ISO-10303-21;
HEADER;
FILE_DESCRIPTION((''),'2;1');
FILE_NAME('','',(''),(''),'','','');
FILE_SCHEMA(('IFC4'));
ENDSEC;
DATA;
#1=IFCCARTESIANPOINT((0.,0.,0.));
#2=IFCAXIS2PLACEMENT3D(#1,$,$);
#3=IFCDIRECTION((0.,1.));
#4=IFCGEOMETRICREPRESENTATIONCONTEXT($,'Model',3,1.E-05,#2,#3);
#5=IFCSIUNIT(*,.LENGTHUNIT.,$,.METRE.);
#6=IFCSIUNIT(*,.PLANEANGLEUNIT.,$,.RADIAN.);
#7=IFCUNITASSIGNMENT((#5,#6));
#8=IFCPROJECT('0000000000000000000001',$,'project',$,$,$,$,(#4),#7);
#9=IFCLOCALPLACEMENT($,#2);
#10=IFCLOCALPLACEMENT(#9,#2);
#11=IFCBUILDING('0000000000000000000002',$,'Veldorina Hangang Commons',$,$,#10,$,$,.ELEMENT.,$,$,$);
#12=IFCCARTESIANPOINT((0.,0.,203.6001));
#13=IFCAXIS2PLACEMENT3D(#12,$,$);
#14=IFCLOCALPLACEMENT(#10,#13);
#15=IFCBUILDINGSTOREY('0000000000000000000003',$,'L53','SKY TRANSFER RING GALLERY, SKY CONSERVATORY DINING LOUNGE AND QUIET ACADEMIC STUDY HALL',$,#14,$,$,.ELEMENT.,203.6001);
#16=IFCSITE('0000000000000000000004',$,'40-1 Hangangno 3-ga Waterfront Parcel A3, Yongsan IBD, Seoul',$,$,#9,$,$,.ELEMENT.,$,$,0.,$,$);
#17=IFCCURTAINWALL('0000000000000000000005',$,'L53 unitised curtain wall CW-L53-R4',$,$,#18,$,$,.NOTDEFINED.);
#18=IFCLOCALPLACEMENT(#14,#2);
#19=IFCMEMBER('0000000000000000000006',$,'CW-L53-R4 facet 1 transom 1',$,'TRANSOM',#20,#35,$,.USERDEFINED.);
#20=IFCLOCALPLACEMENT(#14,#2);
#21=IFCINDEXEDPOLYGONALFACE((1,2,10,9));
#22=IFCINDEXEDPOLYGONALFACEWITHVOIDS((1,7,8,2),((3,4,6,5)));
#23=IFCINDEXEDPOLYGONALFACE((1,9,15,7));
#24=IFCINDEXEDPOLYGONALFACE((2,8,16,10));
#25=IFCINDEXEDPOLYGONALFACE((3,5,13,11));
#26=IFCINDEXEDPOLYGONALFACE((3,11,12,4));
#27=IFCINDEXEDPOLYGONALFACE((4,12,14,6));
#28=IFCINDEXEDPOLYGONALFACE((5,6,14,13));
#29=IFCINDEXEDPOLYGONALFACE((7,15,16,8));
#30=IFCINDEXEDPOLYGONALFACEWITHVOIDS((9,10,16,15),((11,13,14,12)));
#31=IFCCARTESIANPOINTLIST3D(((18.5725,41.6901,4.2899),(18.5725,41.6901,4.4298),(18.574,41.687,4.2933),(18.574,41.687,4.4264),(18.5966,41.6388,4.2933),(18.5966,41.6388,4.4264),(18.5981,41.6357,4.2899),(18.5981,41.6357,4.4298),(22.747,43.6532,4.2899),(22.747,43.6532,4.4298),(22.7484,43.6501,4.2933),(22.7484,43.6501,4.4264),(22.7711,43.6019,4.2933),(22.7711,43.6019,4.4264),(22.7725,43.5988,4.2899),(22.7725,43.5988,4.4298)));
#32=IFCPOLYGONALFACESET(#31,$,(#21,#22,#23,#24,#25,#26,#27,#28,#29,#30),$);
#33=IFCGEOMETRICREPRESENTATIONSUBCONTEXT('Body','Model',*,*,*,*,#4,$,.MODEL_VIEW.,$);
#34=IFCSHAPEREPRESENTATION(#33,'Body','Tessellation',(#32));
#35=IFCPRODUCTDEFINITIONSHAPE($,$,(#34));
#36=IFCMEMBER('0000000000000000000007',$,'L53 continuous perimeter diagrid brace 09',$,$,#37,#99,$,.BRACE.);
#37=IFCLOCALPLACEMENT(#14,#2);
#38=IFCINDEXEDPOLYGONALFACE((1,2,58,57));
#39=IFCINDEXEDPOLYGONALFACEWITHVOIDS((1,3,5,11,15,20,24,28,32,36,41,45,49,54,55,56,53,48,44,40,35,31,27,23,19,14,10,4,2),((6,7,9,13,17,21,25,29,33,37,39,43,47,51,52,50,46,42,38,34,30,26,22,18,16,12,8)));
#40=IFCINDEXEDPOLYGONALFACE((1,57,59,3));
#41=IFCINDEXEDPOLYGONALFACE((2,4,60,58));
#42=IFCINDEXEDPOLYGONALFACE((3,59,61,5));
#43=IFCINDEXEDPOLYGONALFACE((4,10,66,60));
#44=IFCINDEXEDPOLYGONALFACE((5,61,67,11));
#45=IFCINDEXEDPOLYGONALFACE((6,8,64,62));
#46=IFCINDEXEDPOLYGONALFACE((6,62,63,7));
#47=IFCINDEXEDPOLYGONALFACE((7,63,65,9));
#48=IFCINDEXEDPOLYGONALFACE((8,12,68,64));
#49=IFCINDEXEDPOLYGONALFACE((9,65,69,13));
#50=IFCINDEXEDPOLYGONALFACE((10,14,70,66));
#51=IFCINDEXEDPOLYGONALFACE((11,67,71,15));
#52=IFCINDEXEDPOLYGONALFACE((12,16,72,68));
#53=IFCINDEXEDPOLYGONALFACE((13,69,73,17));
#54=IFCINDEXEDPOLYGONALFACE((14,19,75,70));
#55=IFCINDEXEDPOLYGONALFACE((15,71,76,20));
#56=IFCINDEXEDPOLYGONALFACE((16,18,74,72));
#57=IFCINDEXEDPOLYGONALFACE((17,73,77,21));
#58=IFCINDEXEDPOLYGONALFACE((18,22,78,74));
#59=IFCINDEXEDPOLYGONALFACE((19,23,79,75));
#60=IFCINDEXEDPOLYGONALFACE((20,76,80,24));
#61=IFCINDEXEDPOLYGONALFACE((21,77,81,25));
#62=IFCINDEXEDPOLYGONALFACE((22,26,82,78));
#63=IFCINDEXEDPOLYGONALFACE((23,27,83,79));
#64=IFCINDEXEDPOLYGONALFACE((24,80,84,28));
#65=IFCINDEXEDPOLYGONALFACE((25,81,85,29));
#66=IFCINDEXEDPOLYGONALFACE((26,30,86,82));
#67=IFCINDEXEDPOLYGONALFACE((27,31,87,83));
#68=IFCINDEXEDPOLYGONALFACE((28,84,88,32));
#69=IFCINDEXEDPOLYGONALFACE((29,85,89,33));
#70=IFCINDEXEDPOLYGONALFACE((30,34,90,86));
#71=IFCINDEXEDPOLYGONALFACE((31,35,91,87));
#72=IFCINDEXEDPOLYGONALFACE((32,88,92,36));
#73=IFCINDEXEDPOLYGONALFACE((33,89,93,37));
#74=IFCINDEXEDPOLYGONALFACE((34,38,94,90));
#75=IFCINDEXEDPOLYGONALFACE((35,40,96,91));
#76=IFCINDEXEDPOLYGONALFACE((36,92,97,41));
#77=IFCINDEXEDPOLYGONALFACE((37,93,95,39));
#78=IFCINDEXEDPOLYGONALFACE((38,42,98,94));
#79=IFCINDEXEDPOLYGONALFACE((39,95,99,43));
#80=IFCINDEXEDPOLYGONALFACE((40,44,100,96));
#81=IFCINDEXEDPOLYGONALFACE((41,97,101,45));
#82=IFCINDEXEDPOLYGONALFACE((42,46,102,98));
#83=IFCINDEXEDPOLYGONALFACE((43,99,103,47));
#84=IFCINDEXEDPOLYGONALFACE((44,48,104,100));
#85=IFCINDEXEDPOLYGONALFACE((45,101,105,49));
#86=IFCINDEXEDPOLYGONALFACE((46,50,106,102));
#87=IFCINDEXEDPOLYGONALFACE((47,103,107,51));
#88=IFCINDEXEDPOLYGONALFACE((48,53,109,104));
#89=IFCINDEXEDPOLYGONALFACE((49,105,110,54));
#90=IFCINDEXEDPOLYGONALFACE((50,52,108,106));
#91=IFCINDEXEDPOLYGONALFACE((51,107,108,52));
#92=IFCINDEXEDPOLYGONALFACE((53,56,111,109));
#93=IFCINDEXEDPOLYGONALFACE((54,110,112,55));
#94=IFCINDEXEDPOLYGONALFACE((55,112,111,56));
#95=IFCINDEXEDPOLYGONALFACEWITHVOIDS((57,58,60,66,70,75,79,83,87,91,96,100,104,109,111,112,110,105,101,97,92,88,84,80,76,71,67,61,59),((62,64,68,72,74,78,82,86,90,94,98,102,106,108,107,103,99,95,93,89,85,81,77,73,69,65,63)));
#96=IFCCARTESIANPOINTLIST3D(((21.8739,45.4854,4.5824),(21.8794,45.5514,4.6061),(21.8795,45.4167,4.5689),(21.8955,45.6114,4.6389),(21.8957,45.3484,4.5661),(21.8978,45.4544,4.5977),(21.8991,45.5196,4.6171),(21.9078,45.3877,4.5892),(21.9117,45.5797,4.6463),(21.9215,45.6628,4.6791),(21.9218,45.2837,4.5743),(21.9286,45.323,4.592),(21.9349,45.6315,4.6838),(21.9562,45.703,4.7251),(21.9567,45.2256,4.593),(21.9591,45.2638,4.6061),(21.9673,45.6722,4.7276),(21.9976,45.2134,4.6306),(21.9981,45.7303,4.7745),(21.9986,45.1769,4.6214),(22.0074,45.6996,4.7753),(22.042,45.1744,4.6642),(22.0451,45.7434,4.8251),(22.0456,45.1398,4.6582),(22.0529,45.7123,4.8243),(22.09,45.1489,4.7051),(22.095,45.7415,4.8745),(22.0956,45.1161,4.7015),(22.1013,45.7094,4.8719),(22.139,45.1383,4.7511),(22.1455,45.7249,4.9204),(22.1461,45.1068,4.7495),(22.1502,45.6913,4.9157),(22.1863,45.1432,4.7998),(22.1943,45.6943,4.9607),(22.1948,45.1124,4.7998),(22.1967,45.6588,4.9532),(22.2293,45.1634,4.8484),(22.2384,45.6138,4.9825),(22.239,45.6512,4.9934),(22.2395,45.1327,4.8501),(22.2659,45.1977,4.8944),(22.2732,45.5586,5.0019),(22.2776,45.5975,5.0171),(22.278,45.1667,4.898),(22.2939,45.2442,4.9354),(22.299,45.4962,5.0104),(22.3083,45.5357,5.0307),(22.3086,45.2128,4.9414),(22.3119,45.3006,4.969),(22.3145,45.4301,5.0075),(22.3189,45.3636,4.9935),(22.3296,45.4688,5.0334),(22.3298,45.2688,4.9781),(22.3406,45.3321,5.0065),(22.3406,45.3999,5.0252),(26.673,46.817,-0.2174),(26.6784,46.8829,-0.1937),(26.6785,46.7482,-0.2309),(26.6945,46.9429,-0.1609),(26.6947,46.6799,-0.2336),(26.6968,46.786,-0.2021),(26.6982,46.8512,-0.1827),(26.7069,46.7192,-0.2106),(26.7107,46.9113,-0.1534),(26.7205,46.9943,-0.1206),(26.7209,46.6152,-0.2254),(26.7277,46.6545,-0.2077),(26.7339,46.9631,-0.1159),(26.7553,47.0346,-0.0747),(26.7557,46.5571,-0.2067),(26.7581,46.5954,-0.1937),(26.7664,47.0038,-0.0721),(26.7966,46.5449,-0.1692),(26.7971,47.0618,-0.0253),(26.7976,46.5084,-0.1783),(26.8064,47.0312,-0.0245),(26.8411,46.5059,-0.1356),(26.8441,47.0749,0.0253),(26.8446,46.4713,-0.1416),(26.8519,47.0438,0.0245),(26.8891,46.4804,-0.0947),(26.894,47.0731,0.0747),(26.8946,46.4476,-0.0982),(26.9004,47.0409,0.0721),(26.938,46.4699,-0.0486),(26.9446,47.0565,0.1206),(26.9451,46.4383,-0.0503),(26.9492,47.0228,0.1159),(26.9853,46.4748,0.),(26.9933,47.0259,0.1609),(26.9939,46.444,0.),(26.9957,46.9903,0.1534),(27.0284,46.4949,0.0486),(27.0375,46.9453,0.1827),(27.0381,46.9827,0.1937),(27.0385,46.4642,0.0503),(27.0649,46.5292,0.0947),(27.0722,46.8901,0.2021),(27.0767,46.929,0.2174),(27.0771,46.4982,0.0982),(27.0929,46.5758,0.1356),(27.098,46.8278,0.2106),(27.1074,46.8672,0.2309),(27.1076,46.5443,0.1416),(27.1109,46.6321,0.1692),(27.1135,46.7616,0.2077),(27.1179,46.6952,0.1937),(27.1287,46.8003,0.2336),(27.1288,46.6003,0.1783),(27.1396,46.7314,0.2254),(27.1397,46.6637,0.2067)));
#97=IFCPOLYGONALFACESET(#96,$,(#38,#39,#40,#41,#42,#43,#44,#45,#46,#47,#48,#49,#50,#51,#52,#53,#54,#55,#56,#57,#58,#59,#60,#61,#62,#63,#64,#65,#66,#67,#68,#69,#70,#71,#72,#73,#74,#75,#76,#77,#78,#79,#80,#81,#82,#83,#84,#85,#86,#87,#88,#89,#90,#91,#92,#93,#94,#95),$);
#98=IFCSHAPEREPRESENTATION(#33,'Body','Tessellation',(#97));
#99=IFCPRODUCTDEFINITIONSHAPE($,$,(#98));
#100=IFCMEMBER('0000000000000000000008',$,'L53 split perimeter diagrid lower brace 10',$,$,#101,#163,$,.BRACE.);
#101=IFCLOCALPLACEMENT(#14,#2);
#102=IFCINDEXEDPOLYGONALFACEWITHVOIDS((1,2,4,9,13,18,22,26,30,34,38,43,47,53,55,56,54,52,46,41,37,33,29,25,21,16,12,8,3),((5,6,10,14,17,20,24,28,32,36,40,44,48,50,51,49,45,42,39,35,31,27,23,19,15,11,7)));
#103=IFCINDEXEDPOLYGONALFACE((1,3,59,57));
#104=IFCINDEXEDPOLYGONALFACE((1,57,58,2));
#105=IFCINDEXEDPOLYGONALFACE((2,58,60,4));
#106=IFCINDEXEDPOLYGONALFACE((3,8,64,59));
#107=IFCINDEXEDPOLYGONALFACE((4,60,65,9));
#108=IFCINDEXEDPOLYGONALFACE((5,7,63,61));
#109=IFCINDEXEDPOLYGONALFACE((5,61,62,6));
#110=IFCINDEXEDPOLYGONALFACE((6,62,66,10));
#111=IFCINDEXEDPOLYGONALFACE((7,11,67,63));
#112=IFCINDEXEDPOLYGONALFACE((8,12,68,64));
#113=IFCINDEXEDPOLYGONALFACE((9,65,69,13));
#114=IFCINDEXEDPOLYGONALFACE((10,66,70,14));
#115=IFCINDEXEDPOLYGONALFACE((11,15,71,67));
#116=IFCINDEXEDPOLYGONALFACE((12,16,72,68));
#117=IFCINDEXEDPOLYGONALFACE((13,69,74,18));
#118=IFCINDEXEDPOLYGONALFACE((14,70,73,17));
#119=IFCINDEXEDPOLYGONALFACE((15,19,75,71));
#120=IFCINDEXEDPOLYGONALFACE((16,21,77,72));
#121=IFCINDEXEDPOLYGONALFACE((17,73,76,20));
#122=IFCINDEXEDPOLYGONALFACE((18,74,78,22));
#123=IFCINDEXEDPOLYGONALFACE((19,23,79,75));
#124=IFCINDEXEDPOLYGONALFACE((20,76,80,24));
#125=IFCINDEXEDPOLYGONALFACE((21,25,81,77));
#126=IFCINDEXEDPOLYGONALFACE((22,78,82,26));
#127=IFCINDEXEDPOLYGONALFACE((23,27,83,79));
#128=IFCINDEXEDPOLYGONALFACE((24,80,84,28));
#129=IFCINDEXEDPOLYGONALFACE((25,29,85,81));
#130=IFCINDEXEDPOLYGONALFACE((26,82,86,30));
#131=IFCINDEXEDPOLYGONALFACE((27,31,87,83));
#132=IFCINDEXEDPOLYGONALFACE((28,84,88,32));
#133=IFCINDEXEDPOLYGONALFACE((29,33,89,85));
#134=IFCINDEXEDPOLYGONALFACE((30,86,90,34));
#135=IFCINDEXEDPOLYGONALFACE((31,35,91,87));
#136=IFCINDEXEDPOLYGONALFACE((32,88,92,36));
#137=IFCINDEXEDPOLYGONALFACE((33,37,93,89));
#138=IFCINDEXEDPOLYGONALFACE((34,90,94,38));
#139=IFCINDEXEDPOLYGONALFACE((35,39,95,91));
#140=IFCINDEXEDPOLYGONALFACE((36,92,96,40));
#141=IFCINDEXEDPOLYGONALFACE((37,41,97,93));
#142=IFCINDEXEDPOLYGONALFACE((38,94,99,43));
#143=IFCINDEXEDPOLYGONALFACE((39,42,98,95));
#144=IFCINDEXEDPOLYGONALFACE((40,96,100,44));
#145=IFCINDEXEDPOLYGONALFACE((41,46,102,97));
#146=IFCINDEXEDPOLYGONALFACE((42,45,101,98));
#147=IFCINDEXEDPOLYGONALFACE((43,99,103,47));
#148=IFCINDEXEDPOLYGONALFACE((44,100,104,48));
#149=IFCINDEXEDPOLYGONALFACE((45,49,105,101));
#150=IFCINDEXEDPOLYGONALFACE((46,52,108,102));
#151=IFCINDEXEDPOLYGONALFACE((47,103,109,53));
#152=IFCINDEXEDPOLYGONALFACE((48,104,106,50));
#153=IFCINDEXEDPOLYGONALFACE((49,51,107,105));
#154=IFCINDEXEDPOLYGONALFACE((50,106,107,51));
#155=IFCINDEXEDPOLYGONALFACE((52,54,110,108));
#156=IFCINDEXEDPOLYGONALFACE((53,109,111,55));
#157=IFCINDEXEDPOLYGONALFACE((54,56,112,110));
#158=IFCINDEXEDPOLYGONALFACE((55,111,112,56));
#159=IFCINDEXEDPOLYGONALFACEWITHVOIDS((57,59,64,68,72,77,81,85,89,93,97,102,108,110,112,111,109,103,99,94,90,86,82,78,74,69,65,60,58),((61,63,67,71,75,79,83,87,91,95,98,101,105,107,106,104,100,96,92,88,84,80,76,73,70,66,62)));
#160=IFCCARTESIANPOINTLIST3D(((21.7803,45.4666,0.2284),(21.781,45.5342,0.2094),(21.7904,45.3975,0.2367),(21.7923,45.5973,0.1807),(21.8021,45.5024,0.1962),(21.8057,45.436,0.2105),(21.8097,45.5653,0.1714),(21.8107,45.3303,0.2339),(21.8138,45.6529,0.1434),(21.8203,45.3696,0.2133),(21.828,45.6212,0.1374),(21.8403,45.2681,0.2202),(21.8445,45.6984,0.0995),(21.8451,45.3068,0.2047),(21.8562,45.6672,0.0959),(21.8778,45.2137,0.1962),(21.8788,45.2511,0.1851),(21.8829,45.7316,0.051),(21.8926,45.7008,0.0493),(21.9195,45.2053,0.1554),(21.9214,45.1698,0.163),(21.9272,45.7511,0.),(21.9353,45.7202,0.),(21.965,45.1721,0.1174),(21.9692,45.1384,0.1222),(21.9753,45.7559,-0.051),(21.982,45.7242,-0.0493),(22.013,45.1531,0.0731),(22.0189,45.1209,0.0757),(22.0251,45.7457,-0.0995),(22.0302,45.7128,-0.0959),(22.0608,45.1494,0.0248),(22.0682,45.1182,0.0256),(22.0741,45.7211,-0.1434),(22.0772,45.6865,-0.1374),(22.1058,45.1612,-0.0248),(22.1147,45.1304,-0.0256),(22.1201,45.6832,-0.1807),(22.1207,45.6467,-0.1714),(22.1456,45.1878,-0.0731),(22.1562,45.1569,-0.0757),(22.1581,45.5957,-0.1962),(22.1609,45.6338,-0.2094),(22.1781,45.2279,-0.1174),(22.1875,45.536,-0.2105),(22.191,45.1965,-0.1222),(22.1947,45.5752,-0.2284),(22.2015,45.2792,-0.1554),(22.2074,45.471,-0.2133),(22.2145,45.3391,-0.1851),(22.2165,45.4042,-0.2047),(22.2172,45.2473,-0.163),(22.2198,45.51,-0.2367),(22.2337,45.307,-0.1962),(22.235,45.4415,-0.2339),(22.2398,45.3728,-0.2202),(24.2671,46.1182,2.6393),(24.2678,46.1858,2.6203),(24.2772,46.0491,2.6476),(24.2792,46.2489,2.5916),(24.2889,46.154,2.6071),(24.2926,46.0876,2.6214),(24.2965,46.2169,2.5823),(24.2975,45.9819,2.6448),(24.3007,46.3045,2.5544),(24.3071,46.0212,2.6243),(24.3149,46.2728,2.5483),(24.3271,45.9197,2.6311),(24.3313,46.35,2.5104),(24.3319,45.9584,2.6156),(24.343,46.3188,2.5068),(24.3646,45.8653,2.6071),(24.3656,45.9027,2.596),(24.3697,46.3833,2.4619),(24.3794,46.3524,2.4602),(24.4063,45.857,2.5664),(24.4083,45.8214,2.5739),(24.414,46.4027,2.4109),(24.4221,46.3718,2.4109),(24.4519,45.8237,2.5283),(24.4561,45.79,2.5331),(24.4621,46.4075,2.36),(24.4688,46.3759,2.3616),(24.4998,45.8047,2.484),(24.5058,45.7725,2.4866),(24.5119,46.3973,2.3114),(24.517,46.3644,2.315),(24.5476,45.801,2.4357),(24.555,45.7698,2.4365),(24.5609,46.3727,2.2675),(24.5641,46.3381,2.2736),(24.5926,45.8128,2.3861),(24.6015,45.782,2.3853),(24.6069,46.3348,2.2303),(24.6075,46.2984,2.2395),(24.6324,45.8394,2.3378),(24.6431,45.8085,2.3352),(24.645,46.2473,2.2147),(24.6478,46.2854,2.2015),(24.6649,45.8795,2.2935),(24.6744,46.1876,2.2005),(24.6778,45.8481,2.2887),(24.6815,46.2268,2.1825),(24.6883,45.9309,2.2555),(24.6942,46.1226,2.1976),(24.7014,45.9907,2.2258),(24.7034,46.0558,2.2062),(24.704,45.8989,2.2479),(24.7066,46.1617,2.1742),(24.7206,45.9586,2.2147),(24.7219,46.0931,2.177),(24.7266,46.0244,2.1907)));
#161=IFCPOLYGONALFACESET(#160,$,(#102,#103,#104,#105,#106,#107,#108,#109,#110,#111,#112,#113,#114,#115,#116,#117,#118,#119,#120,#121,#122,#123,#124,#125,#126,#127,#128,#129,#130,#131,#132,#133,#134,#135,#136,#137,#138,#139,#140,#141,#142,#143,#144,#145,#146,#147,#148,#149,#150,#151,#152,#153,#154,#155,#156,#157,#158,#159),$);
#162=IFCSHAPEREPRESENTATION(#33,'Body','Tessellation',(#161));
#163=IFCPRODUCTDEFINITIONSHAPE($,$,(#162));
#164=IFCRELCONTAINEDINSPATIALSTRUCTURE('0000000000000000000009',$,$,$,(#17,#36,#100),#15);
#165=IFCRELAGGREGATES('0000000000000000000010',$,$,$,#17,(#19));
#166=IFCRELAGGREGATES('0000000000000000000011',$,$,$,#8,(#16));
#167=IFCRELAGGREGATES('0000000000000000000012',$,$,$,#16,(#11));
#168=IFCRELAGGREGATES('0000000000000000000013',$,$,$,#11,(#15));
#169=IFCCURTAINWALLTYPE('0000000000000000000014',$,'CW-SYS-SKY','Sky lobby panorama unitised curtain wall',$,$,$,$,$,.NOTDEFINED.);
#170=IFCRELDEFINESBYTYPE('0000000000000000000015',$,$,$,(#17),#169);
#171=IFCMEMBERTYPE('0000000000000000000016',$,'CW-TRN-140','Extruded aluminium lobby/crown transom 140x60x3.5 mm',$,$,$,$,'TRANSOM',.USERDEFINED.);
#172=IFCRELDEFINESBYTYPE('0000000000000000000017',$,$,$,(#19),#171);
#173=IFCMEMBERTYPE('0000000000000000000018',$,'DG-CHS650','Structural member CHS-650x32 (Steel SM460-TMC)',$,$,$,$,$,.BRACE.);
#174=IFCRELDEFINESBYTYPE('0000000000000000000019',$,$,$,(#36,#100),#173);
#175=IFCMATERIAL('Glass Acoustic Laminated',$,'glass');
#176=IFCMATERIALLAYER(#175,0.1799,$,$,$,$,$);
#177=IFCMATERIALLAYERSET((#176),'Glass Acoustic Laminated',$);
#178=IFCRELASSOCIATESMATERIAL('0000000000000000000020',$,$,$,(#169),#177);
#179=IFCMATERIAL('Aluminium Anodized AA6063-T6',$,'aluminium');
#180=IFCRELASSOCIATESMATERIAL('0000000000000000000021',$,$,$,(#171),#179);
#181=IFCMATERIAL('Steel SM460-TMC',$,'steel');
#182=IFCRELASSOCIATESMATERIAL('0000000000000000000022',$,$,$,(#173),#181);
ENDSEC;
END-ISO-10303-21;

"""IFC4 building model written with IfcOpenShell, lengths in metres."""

from ifc_helpers import new_model, si_unit, direction, frame, origin, origin_2d, place, context, subcontext, project, spatial, hollow_rectangle, hollow_circle, extrude, material, layer, layer_set, material_profile, profile_set, type_object, element, aggregate, save


model = new_model("IFC4")

# Units and contexts
model_context = context("Model", 3, precision=1e-05, world=origin(), true_north=direction((0.0, 1.0)))
body_context = subcontext(model_context, "Body", "Model", "MODEL_VIEW")
ifc_project = project(units=[si_unit("LENGTHUNIT", "METRE"), si_unit("PLANEANGLEUNIT", "RADIAN")], contexts=[model_context])

# Site, building, storey
site_placement = place(None, origin())
site = spatial("IfcSite", under=ifc_project, at=site_placement, Name="40-1 Hangangno 3-ga Waterfront Parcel A3, Yongsan IBD, Seoul", CompositionType="ELEMENT", RefElevation=0.0)
building_placement = place(site_placement, origin())
building = spatial("IfcBuilding", under=site, at=building_placement, Name="Veldorina Hangang Commons", CompositionType="ELEMENT")
storey_placement = place(building_placement, frame((0.0, 0.0, 203.6001)))
storey = spatial("IfcBuildingStorey", under=building, at=storey_placement, Name="L53", Description="SKY TRANSFER RING GALLERY, SKY CONSERVATORY DINING LOUNGE AND QUIET ACADEMIC STUDY HALL", CompositionType="ELEMENT", Elevation=203.6001)

# Shared definitions
ifc_material_1 = material(Name="Steel SM460-TMC", Category="steel")

# Shared definitions
ifc_material_2 = material(Name="Glass Acoustic Laminated", Category="glass")
ifc_layer_1 = layer(ifc_material_2, 0.1799)
ifc_layer_set_1 = layer_set([ifc_layer_1], Name="Glass Acoustic Laminated")
curtain_wall_type = type_object("IfcCurtainWallType", Name="CW-SYS-SKY", Description="Sky lobby panorama unitised curtain wall", PredefinedType="NOTDEFINED", material=ifc_layer_set_1)
ifc_material_3 = material(Name="Aluminium Anodized AA6063-T6", Category="aluminium")

# Curtain wall, member
curtain_wall_1_placement = place(storey_placement, origin())
curtain_wall_1 = element("IfcCurtainWall", 1, at=curtain_wall_1_placement, inside=storey, type_object=curtain_wall_type, Name="L53 unitised curtain wall CW-L53-R4", PredefinedType="NOTDEFINED")
ifc_material_profile_1 = material_profile(ifc_material_3, hollow_rectangle(XDim=0.0601, YDim=0.1399, WallThickness=0.0034, at=origin_2d()), Name="ALU-RHS-140x60x3.5")
ifc_profile_set_1 = profile_set([ifc_material_profile_1], Name="Aluminium Anodized AA6063-T6")
member_type_1 = type_object("IfcMemberType", Name="CW-TRN-140", Description="Extruded aluminium lobby/crown transom 140x60x3.5 mm", ElementType="TRANSOM", PredefinedType="USERDEFINED", material=ifc_profile_set_1)
member_1_placement = place(storey_placement, frame((22.7598, 43.626, 4.3599), z_axis=(-0.904933, -0.425555, 0.0), x_axis=(0.425555, -0.904933, 0.0)))
member_1 = element("IfcMember", 2, at=member_1_placement, type_object=member_type_1, Name="CW-L53-R4 facet 1 transom 1", ObjectType="TRANSOM", PredefinedType="USERDEFINED", context=body_context, shape_type="SweptSolid", body=[
    extrude(hollow_rectangle(XDim=0.0601, YDim=0.1399, WallThickness=0.0034, at=origin_2d()), origin(), (0.0, 0.0, 1.0), 4.613),
])

# Members
ifc_material_profile_2 = material_profile(ifc_material_1, hollow_circle(Radius=0.325, WallThickness=0.032, at=origin_2d()), Name="CHS-650x32")
ifc_profile_set_2 = profile_set([ifc_material_profile_2], Name="Steel SM460-TMC")
member_type_2 = type_object("IfcMemberType", Name="DG-CHS650", Description="Structural member CHS-650x32 (Steel SM460-TMC)", PredefinedType="BRACE", material=ifc_profile_set_2)
member_2_placement = place(storey_placement, frame((26.907, 46.7571, 0.0), z_axis=(-0.693828, -0.192508, 0.693934), x_axis=(0.267358, -0.963597, 0.0)))
element("IfcMember", 3, at=member_2_placement, inside=storey, type_object=member_type_2, Name="L53 continuous perimeter diagrid brace 09", PredefinedType="BRACE", context=body_context, shape_type="SweptSolid", body=[
    extrude(hollow_circle(Radius=0.325, WallThickness=0.032, at=origin_2d()), origin(), (0.0, 0.0, 1.0), 6.9167),
])
member_3_placement = place(storey_placement, frame((22.0095, 45.4368, 0.0), z_axis=(0.705604, 0.184887, 0.684061), x_axis=(-0.253469, 0.967343, 0.0)))
element("IfcMember", 4, at=member_3_placement, inside=storey, type_object=member_type_2, Name="L53 split perimeter diagrid lower brace 10", PredefinedType="BRACE", context=body_context, shape_type="SweptSolid", body=[
    extrude(hollow_circle(Radius=0.325, WallThickness=0.032, at=origin_2d()), origin(), (0.0, 0.0, 1.0), 3.5244),
])

aggregate(curtain_wall_1, [member_1])

save(model, "model.ifc")
